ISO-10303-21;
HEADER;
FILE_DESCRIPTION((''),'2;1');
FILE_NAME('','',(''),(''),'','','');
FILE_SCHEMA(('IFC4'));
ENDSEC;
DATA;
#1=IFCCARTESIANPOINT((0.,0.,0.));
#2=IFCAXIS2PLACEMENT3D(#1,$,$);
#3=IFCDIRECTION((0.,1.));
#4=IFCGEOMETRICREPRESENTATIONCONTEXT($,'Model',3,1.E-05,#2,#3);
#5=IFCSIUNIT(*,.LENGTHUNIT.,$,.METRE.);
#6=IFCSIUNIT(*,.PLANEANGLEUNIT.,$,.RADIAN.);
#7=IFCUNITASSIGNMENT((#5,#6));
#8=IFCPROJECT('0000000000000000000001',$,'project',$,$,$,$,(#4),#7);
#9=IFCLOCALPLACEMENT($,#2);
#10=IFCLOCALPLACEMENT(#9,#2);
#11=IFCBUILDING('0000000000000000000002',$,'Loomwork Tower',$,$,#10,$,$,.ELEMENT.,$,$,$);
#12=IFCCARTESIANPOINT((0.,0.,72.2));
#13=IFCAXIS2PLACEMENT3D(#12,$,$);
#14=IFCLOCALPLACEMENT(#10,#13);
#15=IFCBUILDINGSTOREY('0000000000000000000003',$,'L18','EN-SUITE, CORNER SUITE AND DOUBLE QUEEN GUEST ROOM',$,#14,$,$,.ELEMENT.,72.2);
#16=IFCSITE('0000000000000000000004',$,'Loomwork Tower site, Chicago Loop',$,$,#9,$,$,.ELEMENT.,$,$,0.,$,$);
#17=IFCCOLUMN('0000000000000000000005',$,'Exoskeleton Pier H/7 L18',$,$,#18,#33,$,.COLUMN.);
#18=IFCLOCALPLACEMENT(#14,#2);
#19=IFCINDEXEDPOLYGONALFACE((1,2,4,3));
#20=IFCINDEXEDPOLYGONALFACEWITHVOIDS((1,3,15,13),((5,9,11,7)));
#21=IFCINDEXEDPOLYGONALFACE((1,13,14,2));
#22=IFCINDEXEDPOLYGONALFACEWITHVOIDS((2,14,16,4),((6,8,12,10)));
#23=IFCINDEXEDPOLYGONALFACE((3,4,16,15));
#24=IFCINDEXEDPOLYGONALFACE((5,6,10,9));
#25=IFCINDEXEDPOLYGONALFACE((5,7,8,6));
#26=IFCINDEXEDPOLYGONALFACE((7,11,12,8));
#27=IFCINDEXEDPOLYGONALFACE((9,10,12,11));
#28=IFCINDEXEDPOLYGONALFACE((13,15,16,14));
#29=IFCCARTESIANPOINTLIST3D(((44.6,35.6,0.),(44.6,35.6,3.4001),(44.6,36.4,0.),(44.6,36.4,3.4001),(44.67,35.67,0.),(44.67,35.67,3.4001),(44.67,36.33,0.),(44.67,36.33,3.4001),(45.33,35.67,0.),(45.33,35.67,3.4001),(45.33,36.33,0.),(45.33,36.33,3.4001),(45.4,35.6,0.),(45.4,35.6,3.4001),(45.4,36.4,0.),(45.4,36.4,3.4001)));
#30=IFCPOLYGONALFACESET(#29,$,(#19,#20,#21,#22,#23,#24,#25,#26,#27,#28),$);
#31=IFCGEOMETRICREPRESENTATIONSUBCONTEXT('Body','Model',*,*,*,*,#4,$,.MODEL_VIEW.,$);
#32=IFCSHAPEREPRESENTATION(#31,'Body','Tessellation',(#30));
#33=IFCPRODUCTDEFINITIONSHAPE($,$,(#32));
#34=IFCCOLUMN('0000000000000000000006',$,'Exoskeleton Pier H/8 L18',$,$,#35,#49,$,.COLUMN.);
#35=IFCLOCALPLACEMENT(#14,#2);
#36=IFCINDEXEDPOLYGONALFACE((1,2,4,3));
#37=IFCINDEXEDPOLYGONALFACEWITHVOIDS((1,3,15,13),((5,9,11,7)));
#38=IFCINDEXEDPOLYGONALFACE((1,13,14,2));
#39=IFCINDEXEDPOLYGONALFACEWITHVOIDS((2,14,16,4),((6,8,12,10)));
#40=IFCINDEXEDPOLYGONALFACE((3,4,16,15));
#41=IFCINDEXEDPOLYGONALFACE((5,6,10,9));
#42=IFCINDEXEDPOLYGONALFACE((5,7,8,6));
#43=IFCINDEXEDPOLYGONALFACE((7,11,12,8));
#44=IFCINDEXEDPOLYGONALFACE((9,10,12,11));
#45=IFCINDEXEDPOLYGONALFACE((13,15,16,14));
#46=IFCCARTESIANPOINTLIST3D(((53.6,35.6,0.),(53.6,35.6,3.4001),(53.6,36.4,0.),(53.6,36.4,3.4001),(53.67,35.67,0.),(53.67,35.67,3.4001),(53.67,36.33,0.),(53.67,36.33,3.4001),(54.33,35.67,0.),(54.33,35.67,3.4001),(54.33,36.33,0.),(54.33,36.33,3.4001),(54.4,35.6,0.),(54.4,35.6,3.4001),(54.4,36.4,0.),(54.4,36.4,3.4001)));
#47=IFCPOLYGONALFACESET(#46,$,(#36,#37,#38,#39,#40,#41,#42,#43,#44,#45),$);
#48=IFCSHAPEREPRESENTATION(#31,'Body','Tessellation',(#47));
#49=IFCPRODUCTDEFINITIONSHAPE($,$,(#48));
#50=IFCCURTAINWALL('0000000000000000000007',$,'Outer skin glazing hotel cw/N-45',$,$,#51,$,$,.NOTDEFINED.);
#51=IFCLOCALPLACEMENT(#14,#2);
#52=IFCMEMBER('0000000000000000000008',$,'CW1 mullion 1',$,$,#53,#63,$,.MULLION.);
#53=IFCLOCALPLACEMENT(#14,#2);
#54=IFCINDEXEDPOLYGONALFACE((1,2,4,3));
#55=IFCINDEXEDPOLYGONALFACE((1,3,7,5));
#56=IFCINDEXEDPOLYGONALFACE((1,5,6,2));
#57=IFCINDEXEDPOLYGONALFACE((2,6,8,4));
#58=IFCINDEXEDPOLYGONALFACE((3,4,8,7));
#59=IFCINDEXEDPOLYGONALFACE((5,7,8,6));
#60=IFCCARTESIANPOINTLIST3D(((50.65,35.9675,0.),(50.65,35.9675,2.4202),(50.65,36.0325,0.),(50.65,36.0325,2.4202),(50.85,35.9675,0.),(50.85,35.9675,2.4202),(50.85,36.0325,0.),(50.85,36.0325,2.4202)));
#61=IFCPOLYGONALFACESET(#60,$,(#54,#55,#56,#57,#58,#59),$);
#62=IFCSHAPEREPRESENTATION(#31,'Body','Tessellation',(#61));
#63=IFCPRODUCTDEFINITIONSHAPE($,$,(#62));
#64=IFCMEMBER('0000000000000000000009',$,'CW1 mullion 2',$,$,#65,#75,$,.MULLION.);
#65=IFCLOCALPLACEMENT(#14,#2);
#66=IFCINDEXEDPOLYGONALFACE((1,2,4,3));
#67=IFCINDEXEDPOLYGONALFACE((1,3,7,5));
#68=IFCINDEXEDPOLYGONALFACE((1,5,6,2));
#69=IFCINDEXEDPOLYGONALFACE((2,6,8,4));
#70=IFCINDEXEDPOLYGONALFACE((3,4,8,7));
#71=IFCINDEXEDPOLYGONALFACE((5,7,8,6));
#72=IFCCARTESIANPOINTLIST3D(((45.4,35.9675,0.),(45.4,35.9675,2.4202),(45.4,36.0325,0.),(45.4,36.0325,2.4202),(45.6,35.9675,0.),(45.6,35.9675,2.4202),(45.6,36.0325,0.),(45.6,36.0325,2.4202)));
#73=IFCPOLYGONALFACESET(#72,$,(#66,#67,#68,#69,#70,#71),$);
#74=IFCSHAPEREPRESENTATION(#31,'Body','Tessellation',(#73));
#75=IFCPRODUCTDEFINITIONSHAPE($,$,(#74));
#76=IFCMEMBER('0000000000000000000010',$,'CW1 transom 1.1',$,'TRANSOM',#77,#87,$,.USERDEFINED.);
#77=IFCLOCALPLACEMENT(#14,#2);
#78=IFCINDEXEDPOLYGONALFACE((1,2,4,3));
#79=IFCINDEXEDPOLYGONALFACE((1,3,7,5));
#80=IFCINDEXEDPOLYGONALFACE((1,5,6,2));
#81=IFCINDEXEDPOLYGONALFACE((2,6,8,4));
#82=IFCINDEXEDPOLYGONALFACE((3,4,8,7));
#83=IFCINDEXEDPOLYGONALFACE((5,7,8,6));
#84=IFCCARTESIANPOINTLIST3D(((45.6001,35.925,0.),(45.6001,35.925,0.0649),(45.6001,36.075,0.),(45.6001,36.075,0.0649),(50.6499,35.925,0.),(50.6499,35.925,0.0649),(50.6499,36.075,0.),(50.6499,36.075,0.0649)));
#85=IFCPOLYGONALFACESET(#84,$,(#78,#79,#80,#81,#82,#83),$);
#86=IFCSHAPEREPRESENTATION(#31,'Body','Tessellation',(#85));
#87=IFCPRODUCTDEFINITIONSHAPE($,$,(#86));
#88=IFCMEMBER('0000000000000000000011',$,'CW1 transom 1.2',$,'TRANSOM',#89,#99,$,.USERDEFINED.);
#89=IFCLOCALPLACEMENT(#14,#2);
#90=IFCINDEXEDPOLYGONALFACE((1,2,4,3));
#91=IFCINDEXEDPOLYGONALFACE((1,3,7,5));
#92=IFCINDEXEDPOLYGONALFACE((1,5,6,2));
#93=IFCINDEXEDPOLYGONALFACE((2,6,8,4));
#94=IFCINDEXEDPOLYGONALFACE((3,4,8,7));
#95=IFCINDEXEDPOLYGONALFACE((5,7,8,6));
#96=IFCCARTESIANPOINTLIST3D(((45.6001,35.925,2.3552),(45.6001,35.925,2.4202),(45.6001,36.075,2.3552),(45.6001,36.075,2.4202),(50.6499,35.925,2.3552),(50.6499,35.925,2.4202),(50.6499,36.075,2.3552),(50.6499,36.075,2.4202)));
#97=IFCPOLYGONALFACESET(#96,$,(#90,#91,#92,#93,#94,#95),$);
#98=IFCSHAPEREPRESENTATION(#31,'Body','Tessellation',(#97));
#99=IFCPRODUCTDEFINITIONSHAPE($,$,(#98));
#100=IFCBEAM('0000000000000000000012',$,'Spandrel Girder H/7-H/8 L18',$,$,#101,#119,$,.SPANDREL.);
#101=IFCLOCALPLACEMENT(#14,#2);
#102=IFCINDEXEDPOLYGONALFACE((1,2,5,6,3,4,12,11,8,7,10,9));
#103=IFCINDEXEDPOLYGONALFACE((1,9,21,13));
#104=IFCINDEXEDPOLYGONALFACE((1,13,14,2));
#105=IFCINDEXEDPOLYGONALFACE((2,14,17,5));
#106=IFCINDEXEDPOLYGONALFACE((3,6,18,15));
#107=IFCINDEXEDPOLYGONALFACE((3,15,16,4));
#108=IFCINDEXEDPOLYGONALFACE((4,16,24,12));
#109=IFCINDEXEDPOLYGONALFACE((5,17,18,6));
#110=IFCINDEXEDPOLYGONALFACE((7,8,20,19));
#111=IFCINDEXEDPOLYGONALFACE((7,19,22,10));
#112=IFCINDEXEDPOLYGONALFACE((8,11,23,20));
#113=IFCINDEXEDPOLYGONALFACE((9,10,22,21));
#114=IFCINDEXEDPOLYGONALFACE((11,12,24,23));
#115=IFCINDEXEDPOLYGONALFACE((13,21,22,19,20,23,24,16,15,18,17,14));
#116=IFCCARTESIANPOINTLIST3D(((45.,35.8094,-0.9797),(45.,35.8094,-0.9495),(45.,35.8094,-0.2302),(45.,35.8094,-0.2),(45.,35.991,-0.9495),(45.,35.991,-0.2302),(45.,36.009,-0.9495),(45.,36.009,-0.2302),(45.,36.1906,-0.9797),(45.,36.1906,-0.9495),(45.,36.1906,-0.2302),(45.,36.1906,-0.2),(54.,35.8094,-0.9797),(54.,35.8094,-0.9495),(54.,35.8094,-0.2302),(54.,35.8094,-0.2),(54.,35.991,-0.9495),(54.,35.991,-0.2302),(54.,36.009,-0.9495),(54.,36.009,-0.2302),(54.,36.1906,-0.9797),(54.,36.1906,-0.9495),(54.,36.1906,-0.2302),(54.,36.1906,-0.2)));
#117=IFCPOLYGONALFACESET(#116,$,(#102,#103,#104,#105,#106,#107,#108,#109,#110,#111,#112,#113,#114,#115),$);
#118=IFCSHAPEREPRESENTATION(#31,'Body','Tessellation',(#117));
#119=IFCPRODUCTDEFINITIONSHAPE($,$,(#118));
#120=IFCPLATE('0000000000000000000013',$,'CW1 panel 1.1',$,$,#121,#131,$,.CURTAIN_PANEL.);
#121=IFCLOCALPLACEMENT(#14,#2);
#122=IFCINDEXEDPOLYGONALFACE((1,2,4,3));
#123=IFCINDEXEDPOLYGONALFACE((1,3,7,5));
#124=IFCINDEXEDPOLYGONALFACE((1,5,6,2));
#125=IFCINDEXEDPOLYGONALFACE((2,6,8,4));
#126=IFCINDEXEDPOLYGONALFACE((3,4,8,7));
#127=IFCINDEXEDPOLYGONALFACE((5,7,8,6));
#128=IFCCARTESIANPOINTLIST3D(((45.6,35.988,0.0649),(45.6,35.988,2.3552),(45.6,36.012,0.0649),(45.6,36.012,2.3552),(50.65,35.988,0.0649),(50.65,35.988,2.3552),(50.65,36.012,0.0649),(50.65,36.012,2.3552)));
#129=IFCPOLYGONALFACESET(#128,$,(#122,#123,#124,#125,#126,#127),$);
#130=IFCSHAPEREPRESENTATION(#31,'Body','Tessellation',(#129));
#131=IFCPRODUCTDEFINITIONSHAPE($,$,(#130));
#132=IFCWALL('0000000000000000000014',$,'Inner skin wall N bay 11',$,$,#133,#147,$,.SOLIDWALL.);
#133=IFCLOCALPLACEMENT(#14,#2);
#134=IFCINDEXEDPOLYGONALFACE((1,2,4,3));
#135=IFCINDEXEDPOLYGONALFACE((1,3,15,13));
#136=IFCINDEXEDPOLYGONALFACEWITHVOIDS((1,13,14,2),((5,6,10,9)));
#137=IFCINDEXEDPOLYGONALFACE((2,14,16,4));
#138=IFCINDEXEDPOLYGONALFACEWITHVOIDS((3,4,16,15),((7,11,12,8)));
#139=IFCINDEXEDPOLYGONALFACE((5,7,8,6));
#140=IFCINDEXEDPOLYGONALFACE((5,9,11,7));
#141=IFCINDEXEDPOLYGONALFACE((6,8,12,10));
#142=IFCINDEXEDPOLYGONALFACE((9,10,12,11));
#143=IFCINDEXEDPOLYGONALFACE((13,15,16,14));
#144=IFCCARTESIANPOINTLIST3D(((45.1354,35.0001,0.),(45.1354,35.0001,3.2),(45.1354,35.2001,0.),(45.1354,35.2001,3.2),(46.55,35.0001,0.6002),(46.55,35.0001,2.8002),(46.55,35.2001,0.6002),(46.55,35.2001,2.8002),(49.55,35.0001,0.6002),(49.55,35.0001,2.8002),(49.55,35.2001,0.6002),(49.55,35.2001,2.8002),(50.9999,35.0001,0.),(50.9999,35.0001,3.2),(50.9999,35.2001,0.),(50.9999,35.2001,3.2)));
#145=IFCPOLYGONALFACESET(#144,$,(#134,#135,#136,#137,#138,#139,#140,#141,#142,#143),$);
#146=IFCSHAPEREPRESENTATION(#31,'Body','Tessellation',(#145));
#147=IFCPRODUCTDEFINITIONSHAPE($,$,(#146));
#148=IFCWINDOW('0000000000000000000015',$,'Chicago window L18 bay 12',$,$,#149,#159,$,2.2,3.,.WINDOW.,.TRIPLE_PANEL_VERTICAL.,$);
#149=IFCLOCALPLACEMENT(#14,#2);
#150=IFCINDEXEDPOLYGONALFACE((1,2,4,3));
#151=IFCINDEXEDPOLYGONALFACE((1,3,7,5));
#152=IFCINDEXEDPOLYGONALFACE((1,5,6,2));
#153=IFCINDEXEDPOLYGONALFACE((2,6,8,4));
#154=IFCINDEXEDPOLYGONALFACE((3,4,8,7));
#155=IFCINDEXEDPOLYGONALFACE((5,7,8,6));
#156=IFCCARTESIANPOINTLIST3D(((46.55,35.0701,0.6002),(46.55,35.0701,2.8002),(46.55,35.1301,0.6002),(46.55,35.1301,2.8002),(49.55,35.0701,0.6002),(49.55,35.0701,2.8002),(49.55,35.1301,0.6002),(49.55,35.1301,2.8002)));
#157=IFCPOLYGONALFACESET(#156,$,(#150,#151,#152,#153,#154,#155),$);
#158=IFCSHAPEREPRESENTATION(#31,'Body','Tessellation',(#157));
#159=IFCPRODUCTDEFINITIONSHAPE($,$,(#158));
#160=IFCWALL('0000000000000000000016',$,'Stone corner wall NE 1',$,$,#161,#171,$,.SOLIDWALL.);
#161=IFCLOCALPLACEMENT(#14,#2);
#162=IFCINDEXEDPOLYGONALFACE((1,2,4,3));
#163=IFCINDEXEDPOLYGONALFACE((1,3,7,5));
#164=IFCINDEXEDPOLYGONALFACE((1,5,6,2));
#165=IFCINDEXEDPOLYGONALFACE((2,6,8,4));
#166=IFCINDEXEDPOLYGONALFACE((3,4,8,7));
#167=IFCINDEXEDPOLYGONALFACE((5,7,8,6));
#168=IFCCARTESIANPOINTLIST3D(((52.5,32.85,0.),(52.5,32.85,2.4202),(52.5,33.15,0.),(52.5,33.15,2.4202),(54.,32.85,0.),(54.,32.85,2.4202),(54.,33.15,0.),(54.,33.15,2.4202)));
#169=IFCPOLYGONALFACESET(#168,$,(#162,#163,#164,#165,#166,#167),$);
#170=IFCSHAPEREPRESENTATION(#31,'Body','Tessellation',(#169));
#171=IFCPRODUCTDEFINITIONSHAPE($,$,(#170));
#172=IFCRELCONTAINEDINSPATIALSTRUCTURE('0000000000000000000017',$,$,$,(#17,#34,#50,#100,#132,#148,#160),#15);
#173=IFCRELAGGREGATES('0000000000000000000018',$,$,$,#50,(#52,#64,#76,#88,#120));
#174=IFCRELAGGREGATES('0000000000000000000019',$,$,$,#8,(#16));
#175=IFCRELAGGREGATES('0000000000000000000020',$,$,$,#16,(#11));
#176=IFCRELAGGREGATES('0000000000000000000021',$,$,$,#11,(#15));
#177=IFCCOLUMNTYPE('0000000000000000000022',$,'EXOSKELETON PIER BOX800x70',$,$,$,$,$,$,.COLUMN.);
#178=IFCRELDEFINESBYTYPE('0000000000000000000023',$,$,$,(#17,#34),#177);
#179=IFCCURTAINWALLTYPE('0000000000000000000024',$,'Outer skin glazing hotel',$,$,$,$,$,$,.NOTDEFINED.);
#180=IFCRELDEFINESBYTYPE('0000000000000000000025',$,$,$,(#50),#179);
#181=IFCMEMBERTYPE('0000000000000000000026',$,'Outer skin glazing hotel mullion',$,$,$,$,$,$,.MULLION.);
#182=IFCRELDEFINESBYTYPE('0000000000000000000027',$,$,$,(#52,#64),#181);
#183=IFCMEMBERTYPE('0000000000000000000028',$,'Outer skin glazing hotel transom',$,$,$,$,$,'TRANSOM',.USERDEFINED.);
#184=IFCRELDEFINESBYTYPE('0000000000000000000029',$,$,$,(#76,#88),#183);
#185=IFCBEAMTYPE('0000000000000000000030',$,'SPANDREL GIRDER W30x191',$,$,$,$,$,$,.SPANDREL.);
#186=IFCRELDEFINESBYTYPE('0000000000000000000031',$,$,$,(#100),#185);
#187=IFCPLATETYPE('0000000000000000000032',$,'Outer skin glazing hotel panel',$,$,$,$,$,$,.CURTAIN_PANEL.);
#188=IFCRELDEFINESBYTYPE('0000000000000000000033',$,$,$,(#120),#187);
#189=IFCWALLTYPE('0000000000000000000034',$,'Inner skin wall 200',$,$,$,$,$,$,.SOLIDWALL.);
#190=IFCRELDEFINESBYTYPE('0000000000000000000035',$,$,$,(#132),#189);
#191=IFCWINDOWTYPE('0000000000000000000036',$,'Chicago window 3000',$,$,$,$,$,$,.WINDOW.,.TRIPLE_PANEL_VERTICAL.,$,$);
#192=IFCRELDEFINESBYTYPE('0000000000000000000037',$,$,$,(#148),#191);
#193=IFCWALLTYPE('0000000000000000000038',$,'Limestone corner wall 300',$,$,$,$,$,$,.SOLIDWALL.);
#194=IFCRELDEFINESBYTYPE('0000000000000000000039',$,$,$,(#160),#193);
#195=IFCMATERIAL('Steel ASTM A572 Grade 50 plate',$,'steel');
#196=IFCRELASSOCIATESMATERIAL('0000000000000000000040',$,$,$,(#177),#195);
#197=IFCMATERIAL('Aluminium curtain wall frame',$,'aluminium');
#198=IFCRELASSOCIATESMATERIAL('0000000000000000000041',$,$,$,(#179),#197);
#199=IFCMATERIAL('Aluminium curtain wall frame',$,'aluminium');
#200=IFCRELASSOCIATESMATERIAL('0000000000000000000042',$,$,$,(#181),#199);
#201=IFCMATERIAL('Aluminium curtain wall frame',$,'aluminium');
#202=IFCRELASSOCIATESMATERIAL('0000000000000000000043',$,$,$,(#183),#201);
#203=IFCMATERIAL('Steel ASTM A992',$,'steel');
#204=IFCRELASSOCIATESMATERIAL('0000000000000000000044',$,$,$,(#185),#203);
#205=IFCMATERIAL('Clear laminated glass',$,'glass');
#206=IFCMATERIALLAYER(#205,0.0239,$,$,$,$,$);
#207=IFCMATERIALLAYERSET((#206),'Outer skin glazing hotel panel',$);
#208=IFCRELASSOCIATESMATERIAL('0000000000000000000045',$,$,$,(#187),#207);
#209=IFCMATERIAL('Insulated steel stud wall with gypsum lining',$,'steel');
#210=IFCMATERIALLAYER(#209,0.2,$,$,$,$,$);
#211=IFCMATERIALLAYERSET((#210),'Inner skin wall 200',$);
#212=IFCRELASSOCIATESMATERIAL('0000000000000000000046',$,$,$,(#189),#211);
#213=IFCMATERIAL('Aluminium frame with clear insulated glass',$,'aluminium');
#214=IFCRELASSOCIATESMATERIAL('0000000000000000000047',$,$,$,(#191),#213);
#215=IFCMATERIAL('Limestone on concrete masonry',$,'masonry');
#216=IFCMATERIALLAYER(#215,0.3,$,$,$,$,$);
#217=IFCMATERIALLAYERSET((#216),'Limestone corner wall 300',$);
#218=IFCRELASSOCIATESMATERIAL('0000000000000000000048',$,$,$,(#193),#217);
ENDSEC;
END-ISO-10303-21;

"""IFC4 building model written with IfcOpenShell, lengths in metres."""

from ifc_helpers import new_model, si_unit, direction, frame, frame_2d, origin, origin_2d, place, context, subcontext, project, spatial, rectangle, hollow_rectangle, i_section, extrude, material, layer, layer_set, material_profile, profile_set, type_object, element, fill, aggregate, save


model = new_model("IFC4")

# Units and contexts
model_context = context("Model", 3, precision=1e-05, world=origin(), true_north=direction((0.0, 1.0)))
body_context = subcontext(model_context, "Body", "Model", "MODEL_VIEW")
ifc_project = project(units=[si_unit("LENGTHUNIT", "METRE"), si_unit("PLANEANGLEUNIT", "RADIAN")], contexts=[model_context])

# Site, building, storey
site_placement = place(None, origin())
site = spatial("IfcSite", under=ifc_project, at=site_placement, Name="Loomwork Tower site, Chicago Loop", CompositionType="ELEMENT", RefElevation=0.0)
building_placement = place(site_placement, origin())
building = spatial("IfcBuilding", under=site, at=building_placement, Name="Loomwork Tower", CompositionType="ELEMENT")
storey_placement = place(building_placement, frame((0.0, 0.0, 72.2)))
storey = spatial("IfcBuildingStorey", under=building, at=storey_placement, Name="L18", Description="EN-SUITE, CORNER SUITE AND DOUBLE QUEEN GUEST ROOM", CompositionType="ELEMENT", Elevation=72.2)

# Columns
ifc_material_1 = material(Name="Steel ASTM A572 Grade 50 plate", Category="steel")
ifc_material_profile_1 = material_profile(ifc_material_1, hollow_rectangle(XDim=0.8, YDim=0.8, WallThickness=0.0701, at=origin_2d()), Name="BOX800x70")
ifc_profile_set_1 = profile_set([ifc_material_profile_1], Name="Steel ASTM A572 Grade 50 plate")
column_type = type_object("IfcColumnType", Name="EXOSKELETON PIER BOX800x70", PredefinedType="COLUMN", material=ifc_profile_set_1)
for number, where, z_axis, x_axis, name in (
    (1, (45.0, 36.0, 0.0), (0.0, 0.0, 1.0), (1.0, 0.0, 0.0), "Exoskeleton Pier H/7 L18"),
    (2, (54.0, 36.0, 0.0), (0.0, 0.0, 1.0), (1.0, 0.0, 0.0), "Exoskeleton Pier H/8 L18"),
):
    element("IfcColumn", number, at=place(storey_placement, frame(where, z_axis=z_axis, x_axis=x_axis)), inside=storey, type_object=column_type, Name=name, PredefinedType="COLUMN", context=body_context, shape_type="SweptSolid", body=[
        extrude(hollow_rectangle(XDim=0.8, YDim=0.8, WallThickness=0.0701, at=origin_2d()), origin(), (0.0, 0.0, 1.0), 3.4001),
    ])

# Curtain wall, members
ifc_material_2 = material(Name="Aluminium curtain wall frame", Category="aluminium")
curtain_wall_type = type_object("IfcCurtainWallType", Name="Outer skin glazing hotel", PredefinedType="NOTDEFINED", material=ifc_material_2)
curtain_wall_placement = place(storey_placement, origin())
curtain_wall = element("IfcCurtainWall", 3, at=curtain_wall_placement, inside=storey, type_object=curtain_wall_type, Name="Outer skin glazing hotel cw/N-45", PredefinedType="NOTDEFINED")
ifc_material_3 = material(Name="Aluminium curtain wall frame", Category="aluminium")
ifc_material_profile_2 = material_profile(ifc_material_3, rectangle(XDim=0.0649, YDim=0.2, at=origin_2d()), Name="AL 65x200")
ifc_profile_set_2 = profile_set([ifc_material_profile_2], Name="Aluminium curtain wall frame")
member_type_1 = type_object("IfcMemberType", Name="Outer skin glazing hotel mullion", PredefinedType="MULLION", material=ifc_profile_set_2)
member_1_placement = place(storey_placement, frame((50.75, 36.0, 0.0), z_axis=(0.0, 0.0, 1.0), x_axis=(0.0, -1.0, 0.0)))
member_1 = element("IfcMember", 4, at=member_1_placement, type_object=member_type_1, Name="CW1 mullion 1", PredefinedType="MULLION", context=body_context, shape_type="SweptSolid", body=[
    extrude(rectangle(XDim=0.0649, YDim=0.2, at=origin_2d()), origin(), (0.0, 0.0, 1.0), 2.4202),
])
member_2_placement = place(storey_placement, frame((45.5, 36.0, 0.0), z_axis=(0.0, 0.0, 1.0), x_axis=(0.0, -1.0, 0.0)))
member_2 = element("IfcMember", 5, at=member_2_placement, type_object=member_type_1, Name="CW1 mullion 2", PredefinedType="MULLION", context=body_context, shape_type="SweptSolid", body=[
    extrude(rectangle(XDim=0.0649, YDim=0.2, at=origin_2d()), origin(), (0.0, 0.0, 1.0), 2.4202),
])
ifc_material_4 = material(Name="Aluminium curtain wall frame", Category="aluminium")
ifc_material_profile_3 = material_profile(ifc_material_4, rectangle(XDim=0.1499, YDim=0.0649, at=origin_2d()), Name="AL 65x150")
ifc_profile_set_3 = profile_set([ifc_material_profile_3], Name="Aluminium curtain wall frame")
member_type_2 = type_object("IfcMemberType", Name="Outer skin glazing hotel transom", ElementType="TRANSOM", PredefinedType="USERDEFINED", material=ifc_profile_set_3)
member_3_placement = place(storey_placement, frame((50.6499, 36.0, 0.0325), z_axis=(-1.0, 0.0, 0.0), x_axis=(0.0, -1.0, 0.0)))
member_3 = element("IfcMember", 6, at=member_3_placement, type_object=member_type_2, Name="CW1 transom 1.1", ObjectType="TRANSOM", PredefinedType="USERDEFINED", context=body_context, shape_type="SweptSolid", body=[
    extrude(rectangle(XDim=0.1499, YDim=0.0649, at=origin_2d()), origin(), (0.0, 0.0, 1.0), 5.0498),
])
member_4_placement = place(storey_placement, frame((50.6499, 36.0, 2.3877), z_axis=(-1.0, 0.0, 0.0), x_axis=(0.0, -1.0, 0.0)))
member_4 = element("IfcMember", 7, at=member_4_placement, type_object=member_type_2, Name="CW1 transom 1.2", ObjectType="TRANSOM", PredefinedType="USERDEFINED", context=body_context, shape_type="SweptSolid", body=[
    extrude(rectangle(XDim=0.1499, YDim=0.0649, at=origin_2d()), origin(), (0.0, 0.0, 1.0), 5.0498),
])

# Beam
ifc_material_5 = material(Name="Steel ASTM A992", Category="steel")
ifc_material_profile_4 = material_profile(ifc_material_5, i_section(OverallWidth=0.3811, OverallDepth=0.7798, WebThickness=0.0181, FlangeThickness=0.0303, at=origin_2d()), Name="W30x191")
ifc_profile_set_4 = profile_set([ifc_material_profile_4], Name="Steel ASTM A992")
beam_type = type_object("IfcBeamType", Name="SPANDREL GIRDER W30x191", PredefinedType="SPANDREL", material=ifc_profile_set_4)
beam_placement = place(storey_placement, frame((45.0, 36.0, -0.5898), z_axis=(1.0, 0.0, 0.0), x_axis=(0.0, 1.0, 0.0)))
element("IfcBeam", 8, at=beam_placement, inside=storey, type_object=beam_type, Name="Spandrel Girder H/7-H/8 L18", PredefinedType="SPANDREL", context=body_context, shape_type="SweptSolid", body=[
    extrude(i_section(OverallWidth=0.3811, OverallDepth=0.7798, WebThickness=0.0181, FlangeThickness=0.0303, at=origin_2d()), origin(), (0.0, 0.0, 1.0), 9.0),
])

# Plate
ifc_material_6 = material(Name="Clear laminated glass", Category="glass")
ifc_layer_1 = layer(ifc_material_6, 0.0239)
ifc_layer_set_1 = layer_set([ifc_layer_1], Name="Outer skin glazing hotel panel")
plate_type = type_object("IfcPlateType", Name="Outer skin glazing hotel panel", PredefinedType="CURTAIN_PANEL", material=ifc_layer_set_1)
plate_placement = place(storey_placement, frame((48.125, 36.0, 0.0649), z_axis=(0.0, 0.0, 1.0), x_axis=(-1.0, 0.0, 0.0)))
plate = element("IfcPlate", 9, at=plate_placement, type_object=plate_type, Name="CW1 panel 1.1", PredefinedType="CURTAIN_PANEL", context=body_context, shape_type="SweptSolid", body=[
    extrude(rectangle(XDim=5.05, YDim=0.0239, at=origin_2d()), origin(), (0.0, 0.0, 1.0), 2.2903),
])
aggregate(curtain_wall, [member_1, member_2, member_3, member_4, plate])

# Wall, opening, window
ifc_material_7 = material(Name="Insulated steel stud wall with gypsum lining", Category="steel")
ifc_layer_2 = layer(ifc_material_7, 0.2)
ifc_layer_set_2 = layer_set([ifc_layer_2], Name="Inner skin wall 200")
wall_type_1 = type_object("IfcWallType", Name="Inner skin wall 200", PredefinedType="SOLIDWALL", material=ifc_layer_set_2)
wall_1_placement = place(storey_placement, frame((45.1355, 35.1001, 0.0), z_axis=(0.0, 0.0, 1.0), x_axis=(1.0, 0.0, 0.0)))
wall_1 = element("IfcWall", 10, at=wall_1_placement, inside=storey, type_object=wall_type_1, Name="Inner skin wall N bay 11", PredefinedType="SOLIDWALL", context=body_context, shape_type="SweptSolid", body=[
    extrude(rectangle(XDim=5.8645, YDim=0.2, at=frame_2d((2.9321, 0.0))), origin(), (0.0, 0.0, 1.0), 3.2),
])
opening_1_placement = place(wall_1_placement, frame((1.4146, 0.0, 0.6001)))
opening_1 = element("IfcOpeningElement", 11, at=opening_1_placement, cuts=wall_1, PredefinedType="OPENING", context=body_context, shape_type="SweptSolid", body=[
    extrude(rectangle(XDim=3.0, YDim=2.2, at=frame_2d((1.5, 1.1001))), frame((0.0, 0.1099, 0.0), z_axis=(0.0, -1.0, 0.0), x_axis=(1.0, 0.0, 0.0)), (0.0, 0.0, 1.0), 0.22),
])
ifc_material_8 = material(Name="Aluminium frame with clear insulated glass", Category="aluminium")
window_type_1 = type_object("IfcWindowType", Name="Chicago window 3000", PartitioningType="TRIPLE_PANEL_VERTICAL", PredefinedType="WINDOW", material=ifc_material_8)
window_1_placement = place(opening_1_placement, origin())
window_1 = element("IfcWindow", 12, at=window_1_placement, inside=storey, type_object=window_type_1, Name="Chicago window L18 bay 12", OverallHeight=2.2, OverallWidth=3.0, PartitioningType="TRIPLE_PANEL_VERTICAL", PredefinedType="WINDOW", context=body_context, shape_type="SweptSolid", body=[
    extrude(rectangle(XDim=3.0, YDim=2.2, at=frame_2d((1.5, 1.1001))), frame((0.0, 0.03, 0.0), z_axis=(0.0, -1.0, 0.0), x_axis=(1.0, 0.0, 0.0)), (0.0, 0.0, 1.0), 0.0601),
])
fill(opening_1, window_1)

# Wall
ifc_material_9 = material(Name="Limestone on concrete masonry", Category="masonry")
ifc_layer_3 = layer(ifc_material_9, 0.3)
ifc_layer_set_3 = layer_set([ifc_layer_3], Name="Limestone corner wall 300")
wall_type_2 = type_object("IfcWallType", Name="Limestone corner wall 300", PredefinedType="SOLIDWALL", material=ifc_layer_set_3)
wall_2_placement = place(storey_placement, frame((54.0, 33.0, 0.0), z_axis=(0.0, 0.0, 1.0), x_axis=(-1.0, 0.0, 0.0)))
element("IfcWall", 13, at=wall_2_placement, inside=storey, type_object=wall_type_2, Name="Stone corner wall NE 1", PredefinedType="SOLIDWALL", context=body_context, shape_type="SweptSolid", body=[
    extrude(rectangle(XDim=1.5, YDim=0.3, at=frame_2d((0.75, 0.0))), origin(), (0.0, 0.0, 1.0), 2.4202),
])

save(model, "model.ifc")
